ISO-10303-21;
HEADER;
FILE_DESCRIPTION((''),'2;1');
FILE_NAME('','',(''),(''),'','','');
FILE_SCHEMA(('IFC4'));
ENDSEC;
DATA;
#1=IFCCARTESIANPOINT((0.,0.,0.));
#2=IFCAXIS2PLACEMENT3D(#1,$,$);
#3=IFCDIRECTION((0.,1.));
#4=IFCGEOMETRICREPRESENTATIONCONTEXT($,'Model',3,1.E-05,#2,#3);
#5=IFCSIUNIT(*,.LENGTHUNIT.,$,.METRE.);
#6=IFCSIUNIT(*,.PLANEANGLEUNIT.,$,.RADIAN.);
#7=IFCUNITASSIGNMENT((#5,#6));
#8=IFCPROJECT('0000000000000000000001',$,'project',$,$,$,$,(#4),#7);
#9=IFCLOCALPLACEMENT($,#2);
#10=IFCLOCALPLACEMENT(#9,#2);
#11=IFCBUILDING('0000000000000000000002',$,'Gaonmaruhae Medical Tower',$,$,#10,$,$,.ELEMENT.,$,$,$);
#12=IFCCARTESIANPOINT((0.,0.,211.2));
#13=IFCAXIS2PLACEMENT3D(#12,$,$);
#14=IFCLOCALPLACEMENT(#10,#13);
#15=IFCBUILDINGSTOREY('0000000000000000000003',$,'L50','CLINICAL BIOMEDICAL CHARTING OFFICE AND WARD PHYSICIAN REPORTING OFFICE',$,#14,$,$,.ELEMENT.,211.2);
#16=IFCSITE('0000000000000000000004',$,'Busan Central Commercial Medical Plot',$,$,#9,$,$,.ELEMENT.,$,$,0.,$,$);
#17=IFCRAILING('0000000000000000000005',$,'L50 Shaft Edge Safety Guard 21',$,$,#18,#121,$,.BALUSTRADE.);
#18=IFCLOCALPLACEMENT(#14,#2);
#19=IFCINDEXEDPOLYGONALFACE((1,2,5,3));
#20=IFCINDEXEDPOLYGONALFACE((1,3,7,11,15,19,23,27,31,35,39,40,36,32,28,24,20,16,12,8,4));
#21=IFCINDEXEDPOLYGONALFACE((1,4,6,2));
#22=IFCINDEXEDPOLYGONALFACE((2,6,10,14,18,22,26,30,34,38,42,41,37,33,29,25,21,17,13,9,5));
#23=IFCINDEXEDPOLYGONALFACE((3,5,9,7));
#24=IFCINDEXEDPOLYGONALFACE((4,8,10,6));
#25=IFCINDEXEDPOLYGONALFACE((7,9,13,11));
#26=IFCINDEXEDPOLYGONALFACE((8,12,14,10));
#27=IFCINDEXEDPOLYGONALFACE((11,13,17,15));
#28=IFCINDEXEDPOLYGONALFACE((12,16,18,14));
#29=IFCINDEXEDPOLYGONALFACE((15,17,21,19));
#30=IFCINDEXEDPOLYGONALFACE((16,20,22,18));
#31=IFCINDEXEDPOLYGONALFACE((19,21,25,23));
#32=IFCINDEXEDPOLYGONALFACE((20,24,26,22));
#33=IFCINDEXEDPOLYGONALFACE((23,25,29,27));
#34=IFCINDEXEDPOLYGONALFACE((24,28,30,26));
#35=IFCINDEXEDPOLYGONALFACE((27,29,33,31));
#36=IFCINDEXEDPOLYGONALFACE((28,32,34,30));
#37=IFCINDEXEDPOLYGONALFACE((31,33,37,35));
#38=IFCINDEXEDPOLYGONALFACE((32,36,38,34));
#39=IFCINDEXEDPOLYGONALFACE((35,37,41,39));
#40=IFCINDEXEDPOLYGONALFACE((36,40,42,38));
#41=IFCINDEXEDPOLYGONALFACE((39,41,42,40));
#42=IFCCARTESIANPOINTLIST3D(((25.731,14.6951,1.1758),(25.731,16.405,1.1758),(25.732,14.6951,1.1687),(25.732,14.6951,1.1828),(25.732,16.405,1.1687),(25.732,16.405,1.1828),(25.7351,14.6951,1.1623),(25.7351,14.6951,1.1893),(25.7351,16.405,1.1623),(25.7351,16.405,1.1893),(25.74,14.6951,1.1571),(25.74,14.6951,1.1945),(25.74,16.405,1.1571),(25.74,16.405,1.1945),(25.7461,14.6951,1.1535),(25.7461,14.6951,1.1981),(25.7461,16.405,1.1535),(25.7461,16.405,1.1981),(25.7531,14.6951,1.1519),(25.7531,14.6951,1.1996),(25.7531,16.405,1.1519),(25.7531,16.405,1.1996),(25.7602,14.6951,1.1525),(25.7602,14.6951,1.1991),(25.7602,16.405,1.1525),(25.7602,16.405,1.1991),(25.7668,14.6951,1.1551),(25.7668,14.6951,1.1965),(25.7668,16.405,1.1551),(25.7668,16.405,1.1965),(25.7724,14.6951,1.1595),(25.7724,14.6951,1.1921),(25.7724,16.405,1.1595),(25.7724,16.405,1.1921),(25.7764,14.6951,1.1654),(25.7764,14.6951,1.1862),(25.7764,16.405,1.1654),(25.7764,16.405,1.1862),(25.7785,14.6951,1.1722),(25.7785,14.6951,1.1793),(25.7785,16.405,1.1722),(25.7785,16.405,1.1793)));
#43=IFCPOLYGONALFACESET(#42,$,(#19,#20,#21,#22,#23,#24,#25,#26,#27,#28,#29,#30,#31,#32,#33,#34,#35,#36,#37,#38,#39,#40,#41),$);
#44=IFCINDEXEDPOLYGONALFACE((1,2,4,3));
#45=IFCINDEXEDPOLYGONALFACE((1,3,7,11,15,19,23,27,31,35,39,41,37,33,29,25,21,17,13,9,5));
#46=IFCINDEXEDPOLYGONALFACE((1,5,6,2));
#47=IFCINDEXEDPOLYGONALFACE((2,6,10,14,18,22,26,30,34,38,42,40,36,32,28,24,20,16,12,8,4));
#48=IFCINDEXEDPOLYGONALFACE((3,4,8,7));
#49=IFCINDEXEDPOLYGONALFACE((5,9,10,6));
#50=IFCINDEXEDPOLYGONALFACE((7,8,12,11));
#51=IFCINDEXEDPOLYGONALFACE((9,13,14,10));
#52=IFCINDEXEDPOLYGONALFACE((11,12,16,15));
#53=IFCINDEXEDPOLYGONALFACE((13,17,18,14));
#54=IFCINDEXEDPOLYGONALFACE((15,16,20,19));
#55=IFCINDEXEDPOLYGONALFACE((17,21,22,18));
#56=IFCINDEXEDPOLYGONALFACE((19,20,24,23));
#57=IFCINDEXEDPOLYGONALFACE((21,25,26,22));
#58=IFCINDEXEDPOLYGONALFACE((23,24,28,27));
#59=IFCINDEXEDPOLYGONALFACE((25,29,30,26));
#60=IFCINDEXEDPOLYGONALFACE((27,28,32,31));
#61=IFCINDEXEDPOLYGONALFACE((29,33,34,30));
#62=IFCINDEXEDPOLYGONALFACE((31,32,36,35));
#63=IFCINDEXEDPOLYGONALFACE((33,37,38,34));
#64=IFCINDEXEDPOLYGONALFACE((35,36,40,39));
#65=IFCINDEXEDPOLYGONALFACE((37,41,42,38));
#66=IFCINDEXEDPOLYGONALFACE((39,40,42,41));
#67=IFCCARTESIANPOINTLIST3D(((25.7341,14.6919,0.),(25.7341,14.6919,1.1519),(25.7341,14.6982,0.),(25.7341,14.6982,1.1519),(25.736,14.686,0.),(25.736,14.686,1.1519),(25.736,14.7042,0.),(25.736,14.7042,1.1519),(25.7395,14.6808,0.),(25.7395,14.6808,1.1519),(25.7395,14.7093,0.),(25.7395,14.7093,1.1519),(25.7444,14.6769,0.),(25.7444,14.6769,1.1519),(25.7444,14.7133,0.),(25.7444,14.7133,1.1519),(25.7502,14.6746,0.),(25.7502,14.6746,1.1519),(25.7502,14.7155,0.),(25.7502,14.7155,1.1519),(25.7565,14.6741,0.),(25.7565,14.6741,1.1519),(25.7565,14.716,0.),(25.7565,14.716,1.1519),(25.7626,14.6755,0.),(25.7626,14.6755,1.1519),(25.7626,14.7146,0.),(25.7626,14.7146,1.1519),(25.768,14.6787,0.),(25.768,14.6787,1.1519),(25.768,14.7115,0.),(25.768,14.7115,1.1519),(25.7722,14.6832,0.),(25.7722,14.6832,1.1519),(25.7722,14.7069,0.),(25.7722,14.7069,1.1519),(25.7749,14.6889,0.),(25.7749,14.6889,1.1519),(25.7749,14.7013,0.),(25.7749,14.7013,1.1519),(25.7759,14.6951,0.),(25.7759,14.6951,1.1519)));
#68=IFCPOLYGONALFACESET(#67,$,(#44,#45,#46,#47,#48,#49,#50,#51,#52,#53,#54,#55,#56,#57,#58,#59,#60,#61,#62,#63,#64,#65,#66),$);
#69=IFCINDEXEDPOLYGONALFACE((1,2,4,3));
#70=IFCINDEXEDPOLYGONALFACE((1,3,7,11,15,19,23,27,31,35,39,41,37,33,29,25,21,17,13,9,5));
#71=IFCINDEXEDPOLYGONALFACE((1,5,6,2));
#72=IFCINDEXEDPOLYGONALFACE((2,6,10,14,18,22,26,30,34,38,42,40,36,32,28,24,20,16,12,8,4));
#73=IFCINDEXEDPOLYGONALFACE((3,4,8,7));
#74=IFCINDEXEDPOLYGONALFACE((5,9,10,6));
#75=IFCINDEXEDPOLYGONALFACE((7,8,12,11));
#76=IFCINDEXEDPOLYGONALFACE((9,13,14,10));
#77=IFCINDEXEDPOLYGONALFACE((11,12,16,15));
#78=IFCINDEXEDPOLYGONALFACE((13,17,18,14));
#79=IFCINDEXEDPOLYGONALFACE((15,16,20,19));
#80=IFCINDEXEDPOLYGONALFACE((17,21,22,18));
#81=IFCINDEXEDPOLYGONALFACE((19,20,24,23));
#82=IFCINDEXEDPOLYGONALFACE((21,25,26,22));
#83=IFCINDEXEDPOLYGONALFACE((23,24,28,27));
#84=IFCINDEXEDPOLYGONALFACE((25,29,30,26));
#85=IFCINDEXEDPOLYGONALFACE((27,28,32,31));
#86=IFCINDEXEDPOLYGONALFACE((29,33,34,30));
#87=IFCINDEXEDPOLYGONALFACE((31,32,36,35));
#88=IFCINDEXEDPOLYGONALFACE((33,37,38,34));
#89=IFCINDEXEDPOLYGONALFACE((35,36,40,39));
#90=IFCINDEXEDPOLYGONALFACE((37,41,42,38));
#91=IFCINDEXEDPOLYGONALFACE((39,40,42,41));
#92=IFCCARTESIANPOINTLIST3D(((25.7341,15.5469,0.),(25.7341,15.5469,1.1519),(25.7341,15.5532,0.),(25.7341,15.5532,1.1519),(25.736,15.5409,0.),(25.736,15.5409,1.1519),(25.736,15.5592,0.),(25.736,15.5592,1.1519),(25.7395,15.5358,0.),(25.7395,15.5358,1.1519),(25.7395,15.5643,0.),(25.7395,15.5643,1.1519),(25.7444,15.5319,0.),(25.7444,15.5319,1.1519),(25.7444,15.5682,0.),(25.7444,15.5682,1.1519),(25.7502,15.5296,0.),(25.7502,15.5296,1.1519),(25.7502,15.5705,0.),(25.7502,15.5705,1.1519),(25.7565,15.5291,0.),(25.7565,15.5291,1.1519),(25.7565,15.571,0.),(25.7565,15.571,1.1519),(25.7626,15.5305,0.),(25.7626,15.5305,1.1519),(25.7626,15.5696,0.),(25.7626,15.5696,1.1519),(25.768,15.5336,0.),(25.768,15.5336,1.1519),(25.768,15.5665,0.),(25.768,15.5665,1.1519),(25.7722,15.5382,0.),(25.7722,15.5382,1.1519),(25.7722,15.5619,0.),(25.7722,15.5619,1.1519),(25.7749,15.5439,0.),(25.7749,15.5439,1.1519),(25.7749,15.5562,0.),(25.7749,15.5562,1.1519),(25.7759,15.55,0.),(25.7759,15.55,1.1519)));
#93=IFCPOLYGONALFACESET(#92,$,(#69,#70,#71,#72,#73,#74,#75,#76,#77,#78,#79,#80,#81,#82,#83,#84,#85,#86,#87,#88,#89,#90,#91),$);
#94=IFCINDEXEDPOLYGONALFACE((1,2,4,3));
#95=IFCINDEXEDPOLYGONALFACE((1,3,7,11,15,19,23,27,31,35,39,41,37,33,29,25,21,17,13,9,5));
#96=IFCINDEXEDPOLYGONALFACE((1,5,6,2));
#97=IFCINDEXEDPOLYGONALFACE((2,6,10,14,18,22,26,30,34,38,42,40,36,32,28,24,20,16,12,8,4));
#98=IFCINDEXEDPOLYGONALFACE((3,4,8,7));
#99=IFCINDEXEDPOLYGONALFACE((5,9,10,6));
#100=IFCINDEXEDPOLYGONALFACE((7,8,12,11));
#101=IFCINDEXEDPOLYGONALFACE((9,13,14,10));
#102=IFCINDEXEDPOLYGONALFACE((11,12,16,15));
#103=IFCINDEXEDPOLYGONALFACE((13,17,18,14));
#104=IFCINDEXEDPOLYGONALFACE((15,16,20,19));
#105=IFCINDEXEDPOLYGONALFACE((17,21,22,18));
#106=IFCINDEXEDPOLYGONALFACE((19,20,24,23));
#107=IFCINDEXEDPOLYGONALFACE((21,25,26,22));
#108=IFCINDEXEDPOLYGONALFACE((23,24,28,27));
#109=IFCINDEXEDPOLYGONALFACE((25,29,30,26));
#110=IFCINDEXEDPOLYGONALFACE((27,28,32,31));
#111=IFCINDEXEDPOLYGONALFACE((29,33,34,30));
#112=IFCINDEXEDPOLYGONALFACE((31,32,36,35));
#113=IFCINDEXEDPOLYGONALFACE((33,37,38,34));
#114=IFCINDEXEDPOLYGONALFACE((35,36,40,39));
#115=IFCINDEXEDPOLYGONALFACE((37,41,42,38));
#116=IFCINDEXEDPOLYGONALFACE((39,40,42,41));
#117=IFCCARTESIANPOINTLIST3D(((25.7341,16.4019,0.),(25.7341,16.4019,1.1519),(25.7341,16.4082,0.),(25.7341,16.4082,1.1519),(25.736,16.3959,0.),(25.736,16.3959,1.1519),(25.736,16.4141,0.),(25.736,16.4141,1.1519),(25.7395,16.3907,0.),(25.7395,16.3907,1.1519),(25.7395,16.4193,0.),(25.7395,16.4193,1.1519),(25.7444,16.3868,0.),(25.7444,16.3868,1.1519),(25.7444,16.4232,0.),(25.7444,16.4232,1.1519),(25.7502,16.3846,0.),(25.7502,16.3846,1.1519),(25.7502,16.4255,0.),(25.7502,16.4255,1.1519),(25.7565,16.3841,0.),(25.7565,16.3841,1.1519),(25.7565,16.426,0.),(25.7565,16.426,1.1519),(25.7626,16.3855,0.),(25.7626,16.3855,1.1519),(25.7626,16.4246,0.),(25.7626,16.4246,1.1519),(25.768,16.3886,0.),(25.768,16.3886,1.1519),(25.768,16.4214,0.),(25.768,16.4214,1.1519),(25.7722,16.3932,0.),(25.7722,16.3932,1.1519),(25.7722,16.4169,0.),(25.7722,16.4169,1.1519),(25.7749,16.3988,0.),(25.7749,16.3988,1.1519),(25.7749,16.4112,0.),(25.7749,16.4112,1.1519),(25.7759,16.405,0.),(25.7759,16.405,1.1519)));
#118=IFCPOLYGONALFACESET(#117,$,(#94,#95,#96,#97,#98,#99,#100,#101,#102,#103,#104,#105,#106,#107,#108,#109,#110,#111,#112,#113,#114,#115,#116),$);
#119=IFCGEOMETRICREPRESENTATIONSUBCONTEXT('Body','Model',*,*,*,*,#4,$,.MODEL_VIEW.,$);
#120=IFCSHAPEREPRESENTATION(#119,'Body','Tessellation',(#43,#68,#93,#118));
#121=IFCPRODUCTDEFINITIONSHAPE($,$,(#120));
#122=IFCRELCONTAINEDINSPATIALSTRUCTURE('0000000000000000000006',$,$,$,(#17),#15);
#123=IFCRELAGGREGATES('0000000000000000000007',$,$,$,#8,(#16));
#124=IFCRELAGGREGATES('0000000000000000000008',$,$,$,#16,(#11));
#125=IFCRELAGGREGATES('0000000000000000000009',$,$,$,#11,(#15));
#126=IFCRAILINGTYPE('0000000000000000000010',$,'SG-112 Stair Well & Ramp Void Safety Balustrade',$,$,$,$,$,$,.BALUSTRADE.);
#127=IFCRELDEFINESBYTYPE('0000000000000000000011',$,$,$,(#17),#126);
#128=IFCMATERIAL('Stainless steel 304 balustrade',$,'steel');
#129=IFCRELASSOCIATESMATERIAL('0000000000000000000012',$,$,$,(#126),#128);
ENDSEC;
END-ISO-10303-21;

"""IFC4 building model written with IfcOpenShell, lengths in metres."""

from ifc_helpers import new_model, si_unit, direction, frame, origin, origin_2d, place, context, subcontext, project, spatial, circle, extrude, material, type_object, element, save


model = new_model("IFC4")

# Units and contexts
model_context = context("Model", 3, precision=1e-05, world=origin(), true_north=direction((0.0, 1.0)))
body_context = subcontext(model_context, "Body", "Model", "MODEL_VIEW")
ifc_project = project(units=[si_unit("LENGTHUNIT", "METRE"), si_unit("PLANEANGLEUNIT", "RADIAN")], contexts=[model_context])

# Site, building, storey
site_placement = place(None, origin())
site = spatial("IfcSite", under=ifc_project, at=site_placement, Name="Busan Central Commercial Medical Plot", CompositionType="ELEMENT", RefElevation=0.0)
building_placement = place(site_placement, origin())
building = spatial("IfcBuilding", under=site, at=building_placement, Name="Gaonmaruhae Medical Tower", CompositionType="ELEMENT")
storey_placement = place(building_placement, frame((0.0, 0.0, 211.2)))
storey = spatial("IfcBuildingStorey", under=building, at=storey_placement, Name="L50", Description="CLINICAL BIOMEDICAL CHARTING OFFICE AND WARD PHYSICIAN REPORTING OFFICE", CompositionType="ELEMENT", Elevation=211.2)

# Railing
ifc_material_1 = material(Name="Stainless steel 304 balustrade", Category="steel")
railing_type = type_object("IfcRailingType", Name="SG-112 Stair Well & Ramp Void Safety Balustrade", PredefinedType="BALUSTRADE", material=ifc_material_1)
railing_1_placement = place(storey_placement, frame((25.7549, 14.6951, 0.0)))
element("IfcRailing", 1, at=railing_1_placement, inside=storey, type_object=railing_type, Name="L50 Shaft Edge Safety Guard 21", PredefinedType="BALUSTRADE", context=body_context, shape_type="SweptSolid", body=[
    extrude(circle(Radius=0.0239, at=origin_2d()), frame((0.0, 0.0, 1.1758), z_axis=(0.0, 1.0, 0.0), x_axis=(-1.0, 0.0, 0.0)), (0.0, 0.0, 1.0), 1.71),
    extrude(circle(Radius=0.021, at=origin_2d()), origin(), (0.0, 0.0, 1.0), 1.1519),
    extrude(circle(Radius=0.021, at=origin_2d()), frame((0.0, 0.855, 0.0)), (0.0, 0.0, 1.0), 1.1519),
    extrude(circle(Radius=0.021, at=origin_2d()), frame((0.0, 1.71, 0.0)), (0.0, 0.0, 1.0), 1.1519),
])

save(model, "model.ifc")
